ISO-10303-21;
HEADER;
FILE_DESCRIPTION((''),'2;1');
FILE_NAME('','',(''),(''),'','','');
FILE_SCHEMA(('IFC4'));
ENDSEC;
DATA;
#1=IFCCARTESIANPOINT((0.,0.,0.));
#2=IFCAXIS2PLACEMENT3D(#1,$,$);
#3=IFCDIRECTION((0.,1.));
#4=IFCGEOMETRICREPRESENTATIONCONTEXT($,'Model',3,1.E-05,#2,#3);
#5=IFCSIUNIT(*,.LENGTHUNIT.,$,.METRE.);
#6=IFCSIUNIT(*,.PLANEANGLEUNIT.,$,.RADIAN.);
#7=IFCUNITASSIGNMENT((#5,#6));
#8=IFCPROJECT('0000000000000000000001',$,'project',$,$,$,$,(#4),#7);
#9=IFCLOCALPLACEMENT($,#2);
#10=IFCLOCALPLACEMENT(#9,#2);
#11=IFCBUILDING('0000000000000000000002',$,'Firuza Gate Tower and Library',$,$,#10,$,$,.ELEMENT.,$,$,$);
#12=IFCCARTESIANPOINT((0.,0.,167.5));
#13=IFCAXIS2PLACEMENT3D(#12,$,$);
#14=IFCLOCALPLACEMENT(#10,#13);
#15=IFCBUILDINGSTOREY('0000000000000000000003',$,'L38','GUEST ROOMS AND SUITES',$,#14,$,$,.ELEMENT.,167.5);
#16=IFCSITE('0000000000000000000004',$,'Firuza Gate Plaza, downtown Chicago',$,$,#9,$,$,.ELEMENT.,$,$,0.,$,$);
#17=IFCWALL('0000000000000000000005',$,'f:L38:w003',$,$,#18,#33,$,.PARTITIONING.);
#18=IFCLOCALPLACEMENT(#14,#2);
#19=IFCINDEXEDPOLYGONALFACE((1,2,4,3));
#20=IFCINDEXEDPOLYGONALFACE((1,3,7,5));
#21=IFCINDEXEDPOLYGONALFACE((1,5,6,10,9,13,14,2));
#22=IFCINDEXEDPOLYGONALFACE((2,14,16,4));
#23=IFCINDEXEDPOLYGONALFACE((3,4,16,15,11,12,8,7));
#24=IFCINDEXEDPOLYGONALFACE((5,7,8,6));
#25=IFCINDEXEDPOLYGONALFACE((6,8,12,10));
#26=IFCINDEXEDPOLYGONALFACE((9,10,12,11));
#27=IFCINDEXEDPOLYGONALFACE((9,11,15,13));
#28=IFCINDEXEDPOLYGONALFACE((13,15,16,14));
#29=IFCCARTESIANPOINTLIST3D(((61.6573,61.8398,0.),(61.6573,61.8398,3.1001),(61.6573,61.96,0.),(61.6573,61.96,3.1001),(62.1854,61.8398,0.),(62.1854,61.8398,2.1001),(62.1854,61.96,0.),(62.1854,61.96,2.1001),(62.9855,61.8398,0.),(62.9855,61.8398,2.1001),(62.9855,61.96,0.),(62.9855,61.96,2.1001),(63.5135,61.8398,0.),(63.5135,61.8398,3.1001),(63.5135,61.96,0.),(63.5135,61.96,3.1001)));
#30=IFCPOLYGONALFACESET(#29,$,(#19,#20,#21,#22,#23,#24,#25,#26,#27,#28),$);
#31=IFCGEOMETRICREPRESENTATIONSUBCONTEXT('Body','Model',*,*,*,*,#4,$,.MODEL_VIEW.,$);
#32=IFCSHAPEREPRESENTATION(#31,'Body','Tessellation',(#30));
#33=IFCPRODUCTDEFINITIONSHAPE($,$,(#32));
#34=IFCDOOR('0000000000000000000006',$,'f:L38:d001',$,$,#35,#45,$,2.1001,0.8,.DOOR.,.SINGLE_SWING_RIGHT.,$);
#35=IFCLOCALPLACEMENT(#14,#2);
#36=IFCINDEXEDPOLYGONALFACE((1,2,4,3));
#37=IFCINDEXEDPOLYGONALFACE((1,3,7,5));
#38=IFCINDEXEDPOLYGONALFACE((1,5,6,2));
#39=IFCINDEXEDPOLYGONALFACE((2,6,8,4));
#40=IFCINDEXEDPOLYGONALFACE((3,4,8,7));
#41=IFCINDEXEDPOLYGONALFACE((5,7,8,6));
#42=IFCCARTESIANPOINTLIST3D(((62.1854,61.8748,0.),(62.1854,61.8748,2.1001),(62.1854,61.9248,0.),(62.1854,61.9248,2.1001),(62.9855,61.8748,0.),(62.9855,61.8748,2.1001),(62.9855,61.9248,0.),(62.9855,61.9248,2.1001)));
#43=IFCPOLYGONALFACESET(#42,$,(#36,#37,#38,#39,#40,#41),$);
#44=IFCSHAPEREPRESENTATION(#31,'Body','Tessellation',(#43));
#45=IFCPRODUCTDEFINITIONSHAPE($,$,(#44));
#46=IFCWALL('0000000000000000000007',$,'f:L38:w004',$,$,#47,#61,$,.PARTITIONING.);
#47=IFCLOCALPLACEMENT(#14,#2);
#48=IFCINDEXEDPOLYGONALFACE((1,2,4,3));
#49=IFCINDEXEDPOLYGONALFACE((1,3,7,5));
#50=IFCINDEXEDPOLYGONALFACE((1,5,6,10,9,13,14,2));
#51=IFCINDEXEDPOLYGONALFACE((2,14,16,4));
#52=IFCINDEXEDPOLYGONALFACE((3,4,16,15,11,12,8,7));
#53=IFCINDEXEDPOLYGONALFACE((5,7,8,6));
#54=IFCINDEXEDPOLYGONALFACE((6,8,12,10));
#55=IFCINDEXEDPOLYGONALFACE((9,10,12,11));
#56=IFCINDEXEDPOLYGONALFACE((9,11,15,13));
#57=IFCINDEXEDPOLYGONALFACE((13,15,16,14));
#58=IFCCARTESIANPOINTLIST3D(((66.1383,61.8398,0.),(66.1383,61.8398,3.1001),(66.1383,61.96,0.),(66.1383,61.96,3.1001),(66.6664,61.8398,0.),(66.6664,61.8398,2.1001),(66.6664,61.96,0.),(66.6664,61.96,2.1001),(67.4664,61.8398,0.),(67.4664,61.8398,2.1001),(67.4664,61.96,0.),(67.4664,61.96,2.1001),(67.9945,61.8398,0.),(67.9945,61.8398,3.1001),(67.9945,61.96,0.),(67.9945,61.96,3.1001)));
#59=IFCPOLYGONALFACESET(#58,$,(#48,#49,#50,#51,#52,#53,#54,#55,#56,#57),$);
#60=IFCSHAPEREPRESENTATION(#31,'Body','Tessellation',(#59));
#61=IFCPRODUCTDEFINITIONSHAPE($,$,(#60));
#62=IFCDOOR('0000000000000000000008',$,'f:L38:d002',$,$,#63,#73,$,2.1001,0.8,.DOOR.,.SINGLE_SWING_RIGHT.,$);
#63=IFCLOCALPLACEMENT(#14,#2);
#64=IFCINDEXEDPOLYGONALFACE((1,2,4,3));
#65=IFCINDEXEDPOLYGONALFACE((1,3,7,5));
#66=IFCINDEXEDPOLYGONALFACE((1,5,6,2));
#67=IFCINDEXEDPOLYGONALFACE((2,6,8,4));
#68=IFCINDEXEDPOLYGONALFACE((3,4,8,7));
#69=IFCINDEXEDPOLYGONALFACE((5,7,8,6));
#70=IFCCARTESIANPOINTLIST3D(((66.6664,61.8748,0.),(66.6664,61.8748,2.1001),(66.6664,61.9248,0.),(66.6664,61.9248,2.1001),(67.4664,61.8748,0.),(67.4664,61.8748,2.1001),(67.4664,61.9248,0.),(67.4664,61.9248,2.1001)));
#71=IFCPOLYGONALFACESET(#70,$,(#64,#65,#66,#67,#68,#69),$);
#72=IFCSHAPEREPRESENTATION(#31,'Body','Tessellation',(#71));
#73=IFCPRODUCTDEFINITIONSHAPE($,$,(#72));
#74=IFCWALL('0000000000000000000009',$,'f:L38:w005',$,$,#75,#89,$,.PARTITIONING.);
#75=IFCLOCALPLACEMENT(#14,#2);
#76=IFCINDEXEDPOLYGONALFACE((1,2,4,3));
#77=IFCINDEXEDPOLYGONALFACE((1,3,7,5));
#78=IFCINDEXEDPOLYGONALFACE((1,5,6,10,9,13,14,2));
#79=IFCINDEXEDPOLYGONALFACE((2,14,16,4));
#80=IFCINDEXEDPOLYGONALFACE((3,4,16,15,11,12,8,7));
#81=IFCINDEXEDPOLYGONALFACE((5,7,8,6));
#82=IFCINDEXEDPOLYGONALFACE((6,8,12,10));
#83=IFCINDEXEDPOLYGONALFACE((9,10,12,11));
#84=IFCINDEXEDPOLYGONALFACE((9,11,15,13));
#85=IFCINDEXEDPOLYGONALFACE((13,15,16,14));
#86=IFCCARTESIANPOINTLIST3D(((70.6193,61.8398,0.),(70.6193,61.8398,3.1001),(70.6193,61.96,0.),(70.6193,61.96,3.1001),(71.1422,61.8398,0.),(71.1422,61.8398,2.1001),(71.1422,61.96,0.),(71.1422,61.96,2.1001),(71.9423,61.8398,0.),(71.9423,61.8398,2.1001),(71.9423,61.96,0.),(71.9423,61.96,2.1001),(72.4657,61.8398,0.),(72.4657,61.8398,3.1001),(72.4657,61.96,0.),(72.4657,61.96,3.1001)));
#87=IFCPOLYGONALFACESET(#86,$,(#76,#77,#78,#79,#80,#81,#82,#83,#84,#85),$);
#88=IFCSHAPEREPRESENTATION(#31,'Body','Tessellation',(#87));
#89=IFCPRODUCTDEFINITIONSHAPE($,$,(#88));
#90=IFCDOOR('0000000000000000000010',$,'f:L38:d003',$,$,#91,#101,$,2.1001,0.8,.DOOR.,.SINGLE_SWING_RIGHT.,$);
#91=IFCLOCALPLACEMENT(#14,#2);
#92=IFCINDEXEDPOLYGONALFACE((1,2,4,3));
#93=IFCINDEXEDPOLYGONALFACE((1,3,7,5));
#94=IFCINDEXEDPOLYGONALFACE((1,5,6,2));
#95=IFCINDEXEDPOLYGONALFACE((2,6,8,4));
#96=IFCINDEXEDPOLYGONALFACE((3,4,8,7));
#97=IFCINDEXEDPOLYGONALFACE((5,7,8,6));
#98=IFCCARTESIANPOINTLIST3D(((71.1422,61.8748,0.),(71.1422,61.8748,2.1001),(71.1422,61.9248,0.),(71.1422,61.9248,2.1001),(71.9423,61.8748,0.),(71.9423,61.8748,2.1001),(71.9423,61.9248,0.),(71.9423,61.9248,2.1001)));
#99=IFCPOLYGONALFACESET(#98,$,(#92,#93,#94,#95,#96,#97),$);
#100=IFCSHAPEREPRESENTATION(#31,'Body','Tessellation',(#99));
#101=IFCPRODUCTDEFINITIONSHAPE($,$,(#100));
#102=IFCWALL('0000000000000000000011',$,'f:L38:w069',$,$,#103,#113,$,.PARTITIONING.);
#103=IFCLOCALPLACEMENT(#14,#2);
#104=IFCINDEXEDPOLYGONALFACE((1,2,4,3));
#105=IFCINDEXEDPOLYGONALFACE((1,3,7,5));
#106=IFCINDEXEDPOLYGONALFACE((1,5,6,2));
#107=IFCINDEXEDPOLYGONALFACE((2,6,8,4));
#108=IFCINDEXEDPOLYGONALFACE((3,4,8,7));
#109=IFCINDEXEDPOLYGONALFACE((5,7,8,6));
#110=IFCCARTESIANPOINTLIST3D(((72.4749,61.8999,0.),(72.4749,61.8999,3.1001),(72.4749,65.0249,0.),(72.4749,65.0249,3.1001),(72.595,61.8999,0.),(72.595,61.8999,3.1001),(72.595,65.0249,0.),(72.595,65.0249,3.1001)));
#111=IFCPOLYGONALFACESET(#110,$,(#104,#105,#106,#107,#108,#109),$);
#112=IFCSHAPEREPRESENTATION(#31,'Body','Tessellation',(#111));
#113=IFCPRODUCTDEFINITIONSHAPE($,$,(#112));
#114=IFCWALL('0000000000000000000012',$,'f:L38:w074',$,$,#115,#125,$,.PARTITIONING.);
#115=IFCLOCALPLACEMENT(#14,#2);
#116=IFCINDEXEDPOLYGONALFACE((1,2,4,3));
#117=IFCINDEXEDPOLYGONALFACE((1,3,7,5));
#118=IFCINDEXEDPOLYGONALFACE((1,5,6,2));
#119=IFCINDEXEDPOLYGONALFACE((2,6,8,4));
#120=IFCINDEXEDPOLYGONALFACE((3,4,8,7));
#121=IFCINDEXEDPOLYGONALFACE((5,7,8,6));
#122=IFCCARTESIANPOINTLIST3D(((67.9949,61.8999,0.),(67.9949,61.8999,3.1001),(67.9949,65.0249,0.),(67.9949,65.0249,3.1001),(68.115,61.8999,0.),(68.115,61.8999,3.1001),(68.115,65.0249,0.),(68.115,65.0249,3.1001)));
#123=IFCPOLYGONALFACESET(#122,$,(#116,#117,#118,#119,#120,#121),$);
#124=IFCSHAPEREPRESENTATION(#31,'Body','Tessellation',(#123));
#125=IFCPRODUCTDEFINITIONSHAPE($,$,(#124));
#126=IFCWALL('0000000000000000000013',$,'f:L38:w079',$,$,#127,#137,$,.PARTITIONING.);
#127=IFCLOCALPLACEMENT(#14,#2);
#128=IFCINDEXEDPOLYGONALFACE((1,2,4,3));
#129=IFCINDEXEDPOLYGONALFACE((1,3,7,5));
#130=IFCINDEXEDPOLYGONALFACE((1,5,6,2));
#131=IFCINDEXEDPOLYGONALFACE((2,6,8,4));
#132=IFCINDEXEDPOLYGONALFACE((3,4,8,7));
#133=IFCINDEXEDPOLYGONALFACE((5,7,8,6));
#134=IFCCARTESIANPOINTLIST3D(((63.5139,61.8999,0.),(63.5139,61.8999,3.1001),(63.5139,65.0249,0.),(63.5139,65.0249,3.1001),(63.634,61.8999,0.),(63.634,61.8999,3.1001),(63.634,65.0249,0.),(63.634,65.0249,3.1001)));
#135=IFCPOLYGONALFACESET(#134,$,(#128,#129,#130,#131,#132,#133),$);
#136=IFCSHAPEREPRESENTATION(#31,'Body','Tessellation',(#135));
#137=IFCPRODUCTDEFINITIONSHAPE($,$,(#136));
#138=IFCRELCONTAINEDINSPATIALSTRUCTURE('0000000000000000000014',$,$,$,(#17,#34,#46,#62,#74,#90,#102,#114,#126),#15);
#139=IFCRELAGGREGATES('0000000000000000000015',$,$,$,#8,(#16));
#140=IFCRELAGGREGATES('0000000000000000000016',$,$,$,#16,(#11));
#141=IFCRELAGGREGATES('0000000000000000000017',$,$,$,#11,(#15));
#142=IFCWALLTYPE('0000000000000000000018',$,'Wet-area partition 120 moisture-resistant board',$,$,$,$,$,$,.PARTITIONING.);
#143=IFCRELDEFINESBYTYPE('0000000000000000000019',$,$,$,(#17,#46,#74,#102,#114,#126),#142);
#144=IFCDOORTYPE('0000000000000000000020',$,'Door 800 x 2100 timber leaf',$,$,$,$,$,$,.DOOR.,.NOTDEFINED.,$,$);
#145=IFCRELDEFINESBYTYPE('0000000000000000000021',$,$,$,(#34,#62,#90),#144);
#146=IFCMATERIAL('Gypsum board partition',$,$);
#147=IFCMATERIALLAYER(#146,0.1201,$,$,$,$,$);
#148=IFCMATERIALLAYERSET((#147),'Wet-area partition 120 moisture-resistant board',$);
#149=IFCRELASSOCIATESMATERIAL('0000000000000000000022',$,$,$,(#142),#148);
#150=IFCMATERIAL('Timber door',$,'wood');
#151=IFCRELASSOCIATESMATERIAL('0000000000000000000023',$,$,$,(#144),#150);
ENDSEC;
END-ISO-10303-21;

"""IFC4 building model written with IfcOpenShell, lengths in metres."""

from ifc_helpers import new_model, si_unit, direction, frame, frame_2d, origin, place, context, subcontext, project, spatial, rectangle, extrude, material, layer, layer_set, type_object, element, fill, save


model = new_model("IFC4")

# Units and contexts
model_context = context("Model", 3, precision=1e-05, world=origin(), true_north=direction((0.0, 1.0)))
body_context = subcontext(model_context, "Body", "Model", "MODEL_VIEW")
ifc_project = project(units=[si_unit("LENGTHUNIT", "METRE"), si_unit("PLANEANGLEUNIT", "RADIAN")], contexts=[model_context])

# Site, building, storey
site_placement = place(None, origin())
site = spatial("IfcSite", under=ifc_project, at=site_placement, Name="Firuza Gate Plaza, downtown Chicago", CompositionType="ELEMENT", RefElevation=0.0)
building_placement = place(site_placement, origin())
building = spatial("IfcBuilding", under=site, at=building_placement, Name="Firuza Gate Tower and Library", CompositionType="ELEMENT")
storey_placement = place(building_placement, frame((0.0, 0.0, 167.5)))
storey = spatial("IfcBuildingStorey", under=building, at=storey_placement, Name="L38", Description="GUEST ROOMS AND SUITES", CompositionType="ELEMENT", Elevation=167.5)

# Walls, openings, doors
ifc_material_1 = material(Name="Gypsum board partition")
ifc_layer_1 = layer(ifc_material_1, 0.1201)
ifc_layer_set_1 = layer_set([ifc_layer_1], Name="Wet-area partition 120 moisture-resistant board")
wall_type_1 = type_object("IfcWallType", Name="Wet-area partition 120 moisture-resistant board", PredefinedType="PARTITIONING", material=ifc_layer_set_1)
wall_1_placement = place(storey_placement, frame((61.6572, 61.8999, 0.0), z_axis=(0.0, 0.0, 1.0), x_axis=(1.0, 0.0, 0.0)))
wall_1 = element("IfcWall", 1, at=wall_1_placement, inside=storey, type_object=wall_type_1, Name="f:L38:w003", PredefinedType="PARTITIONING", context=body_context, shape_type="SweptSolid", body=[
    extrude(rectangle(XDim=1.8562, YDim=0.1201, at=frame_2d((0.9282, 0.0))), origin(), (0.0, 0.0, 1.0), 3.1001),
])
opening_1_placement = place(wall_1_placement, frame((0.5283, 0.0, 0.0)))
opening_1 = element("IfcOpeningElement", 2, at=opening_1_placement, cuts=wall_1, PredefinedType="OPENING", context=body_context, shape_type="SweptSolid", body=[
    extrude(rectangle(XDim=0.8, YDim=2.1001, at=frame_2d((0.3999, 1.05))), frame((0.0, 0.0701, 0.0), z_axis=(0.0, -1.0, 0.0), x_axis=(1.0, 0.0, 0.0)), (0.0, 0.0, 1.0), 0.1401),
])
ifc_material_2 = material(Name="Timber door", Category="wood")
door_type = type_object("IfcDoorType", Name="Door 800 x 2100 timber leaf", OperationType="NOTDEFINED", PredefinedType="DOOR", material=ifc_material_2)
door_1_placement = place(opening_1_placement, origin())
door_1 = element("IfcDoor", 3, at=door_1_placement, inside=storey, type_object=door_type, Name="f:L38:d001", OperationType="SINGLE_SWING_RIGHT", OverallHeight=2.1001, OverallWidth=0.8, PredefinedType="DOOR", context=body_context, shape_type="SweptSolid", body=[
    extrude(rectangle(XDim=0.8, YDim=2.1001, at=frame_2d((0.3999, 1.05))), frame((0.0, 0.0249, 0.0), z_axis=(0.0, -1.0, 0.0), x_axis=(1.0, 0.0, 0.0)), (0.0, 0.0, 1.0), 0.05),
])
fill(opening_1, door_1)
wall_2_placement = place(storey_placement, frame((66.1382, 61.8999, 0.0), z_axis=(0.0, 0.0, 1.0), x_axis=(1.0, 0.0, 0.0)))
wall_2 = element("IfcWall", 4, at=wall_2_placement, inside=storey, type_object=wall_type_1, Name="f:L38:w004", PredefinedType="PARTITIONING", context=body_context, shape_type="SweptSolid", body=[
    extrude(rectangle(XDim=1.8562, YDim=0.1201, at=frame_2d((0.9282, 0.0))), origin(), (0.0, 0.0, 1.0), 3.1001),
])
opening_2_placement = place(wall_2_placement, frame((0.5283, 0.0, 0.0)))
opening_2 = element("IfcOpeningElement", 5, at=opening_2_placement, cuts=wall_2, PredefinedType="OPENING", context=body_context, shape_type="SweptSolid", body=[
    extrude(rectangle(XDim=0.8, YDim=2.1001, at=frame_2d((0.3999, 1.05))), frame((0.0, 0.0701, 0.0), z_axis=(0.0, -1.0, 0.0), x_axis=(1.0, 0.0, 0.0)), (0.0, 0.0, 1.0), 0.1401),
])
door_2_placement = place(opening_2_placement, origin())
door_2 = element("IfcDoor", 6, at=door_2_placement, inside=storey, type_object=door_type, Name="f:L38:d002", OperationType="SINGLE_SWING_RIGHT", OverallHeight=2.1001, OverallWidth=0.8, PredefinedType="DOOR", context=body_context, shape_type="SweptSolid", body=[
    extrude(rectangle(XDim=0.8, YDim=2.1001, at=frame_2d((0.3999, 1.05))), frame((0.0, 0.0249, 0.0), z_axis=(0.0, -1.0, 0.0), x_axis=(1.0, 0.0, 0.0)), (0.0, 0.0, 1.0), 0.05),
])
fill(opening_2, door_2)
wall_3_placement = place(storey_placement, frame((70.6191, 61.8999, 0.0), z_axis=(0.0, 0.0, 1.0), x_axis=(1.0, 0.0, 0.0)))
wall_3 = element("IfcWall", 7, at=wall_3_placement, inside=storey, type_object=wall_type_1, Name="f:L38:w005", PredefinedType="PARTITIONING", context=body_context, shape_type="SweptSolid", body=[
    extrude(rectangle(XDim=1.8464, YDim=0.1201, at=frame_2d((0.9233, 0.0))), origin(), (0.0, 0.0, 1.0), 3.1001),
])
opening_3_placement = place(wall_3_placement, frame((0.5232, 0.0, 0.0)))
opening_3 = element("IfcOpeningElement", 8, at=opening_3_placement, cuts=wall_3, PredefinedType="OPENING", context=body_context, shape_type="SweptSolid", body=[
    extrude(rectangle(XDim=0.8, YDim=2.1001, at=frame_2d((0.3999, 1.05))), frame((0.0, 0.0701, 0.0), z_axis=(0.0, -1.0, 0.0), x_axis=(1.0, 0.0, 0.0)), (0.0, 0.0, 1.0), 0.1401),
])
door_3_placement = place(opening_3_placement, origin())
door_3 = element("IfcDoor", 9, at=door_3_placement, inside=storey, type_object=door_type, Name="f:L38:d003", OperationType="SINGLE_SWING_RIGHT", OverallHeight=2.1001, OverallWidth=0.8, PredefinedType="DOOR", context=body_context, shape_type="SweptSolid", body=[
    extrude(rectangle(XDim=0.8, YDim=2.1001, at=frame_2d((0.3999, 1.05))), frame((0.0, 0.0249, 0.0), z_axis=(0.0, -1.0, 0.0), x_axis=(1.0, 0.0, 0.0)), (0.0, 0.0, 1.0), 0.05),
])
fill(opening_3, door_3)

# Walls
for number, where, z_axis, x_axis, name in (
    (10, (72.5349, 61.8999, 0.0), (0.0, 0.0, 1.0), (0.0, 1.0, 0.0), "f:L38:w069"),
    (11, (68.0549, 61.8999, 0.0), (0.0, 0.0, 1.0), (0.0, 1.0, 0.0), "f:L38:w074"),
    (12, (63.574, 61.8999, 0.0), (0.0, 0.0, 1.0), (0.0, 1.0, 0.0), "f:L38:w079"),
):
    element("IfcWall", number, at=place(storey_placement, frame(where, z_axis=z_axis, x_axis=x_axis)), inside=storey, type_object=wall_type_1, Name=name, PredefinedType="PARTITIONING", context=body_context, shape_type="SweptSolid", body=[
        extrude(rectangle(XDim=3.125, YDim=0.1201, at=frame_2d((1.5625, 0.0))), origin(), (0.0, 0.0, 1.0), 3.1001),
    ])

save(model, "model.ifc")
